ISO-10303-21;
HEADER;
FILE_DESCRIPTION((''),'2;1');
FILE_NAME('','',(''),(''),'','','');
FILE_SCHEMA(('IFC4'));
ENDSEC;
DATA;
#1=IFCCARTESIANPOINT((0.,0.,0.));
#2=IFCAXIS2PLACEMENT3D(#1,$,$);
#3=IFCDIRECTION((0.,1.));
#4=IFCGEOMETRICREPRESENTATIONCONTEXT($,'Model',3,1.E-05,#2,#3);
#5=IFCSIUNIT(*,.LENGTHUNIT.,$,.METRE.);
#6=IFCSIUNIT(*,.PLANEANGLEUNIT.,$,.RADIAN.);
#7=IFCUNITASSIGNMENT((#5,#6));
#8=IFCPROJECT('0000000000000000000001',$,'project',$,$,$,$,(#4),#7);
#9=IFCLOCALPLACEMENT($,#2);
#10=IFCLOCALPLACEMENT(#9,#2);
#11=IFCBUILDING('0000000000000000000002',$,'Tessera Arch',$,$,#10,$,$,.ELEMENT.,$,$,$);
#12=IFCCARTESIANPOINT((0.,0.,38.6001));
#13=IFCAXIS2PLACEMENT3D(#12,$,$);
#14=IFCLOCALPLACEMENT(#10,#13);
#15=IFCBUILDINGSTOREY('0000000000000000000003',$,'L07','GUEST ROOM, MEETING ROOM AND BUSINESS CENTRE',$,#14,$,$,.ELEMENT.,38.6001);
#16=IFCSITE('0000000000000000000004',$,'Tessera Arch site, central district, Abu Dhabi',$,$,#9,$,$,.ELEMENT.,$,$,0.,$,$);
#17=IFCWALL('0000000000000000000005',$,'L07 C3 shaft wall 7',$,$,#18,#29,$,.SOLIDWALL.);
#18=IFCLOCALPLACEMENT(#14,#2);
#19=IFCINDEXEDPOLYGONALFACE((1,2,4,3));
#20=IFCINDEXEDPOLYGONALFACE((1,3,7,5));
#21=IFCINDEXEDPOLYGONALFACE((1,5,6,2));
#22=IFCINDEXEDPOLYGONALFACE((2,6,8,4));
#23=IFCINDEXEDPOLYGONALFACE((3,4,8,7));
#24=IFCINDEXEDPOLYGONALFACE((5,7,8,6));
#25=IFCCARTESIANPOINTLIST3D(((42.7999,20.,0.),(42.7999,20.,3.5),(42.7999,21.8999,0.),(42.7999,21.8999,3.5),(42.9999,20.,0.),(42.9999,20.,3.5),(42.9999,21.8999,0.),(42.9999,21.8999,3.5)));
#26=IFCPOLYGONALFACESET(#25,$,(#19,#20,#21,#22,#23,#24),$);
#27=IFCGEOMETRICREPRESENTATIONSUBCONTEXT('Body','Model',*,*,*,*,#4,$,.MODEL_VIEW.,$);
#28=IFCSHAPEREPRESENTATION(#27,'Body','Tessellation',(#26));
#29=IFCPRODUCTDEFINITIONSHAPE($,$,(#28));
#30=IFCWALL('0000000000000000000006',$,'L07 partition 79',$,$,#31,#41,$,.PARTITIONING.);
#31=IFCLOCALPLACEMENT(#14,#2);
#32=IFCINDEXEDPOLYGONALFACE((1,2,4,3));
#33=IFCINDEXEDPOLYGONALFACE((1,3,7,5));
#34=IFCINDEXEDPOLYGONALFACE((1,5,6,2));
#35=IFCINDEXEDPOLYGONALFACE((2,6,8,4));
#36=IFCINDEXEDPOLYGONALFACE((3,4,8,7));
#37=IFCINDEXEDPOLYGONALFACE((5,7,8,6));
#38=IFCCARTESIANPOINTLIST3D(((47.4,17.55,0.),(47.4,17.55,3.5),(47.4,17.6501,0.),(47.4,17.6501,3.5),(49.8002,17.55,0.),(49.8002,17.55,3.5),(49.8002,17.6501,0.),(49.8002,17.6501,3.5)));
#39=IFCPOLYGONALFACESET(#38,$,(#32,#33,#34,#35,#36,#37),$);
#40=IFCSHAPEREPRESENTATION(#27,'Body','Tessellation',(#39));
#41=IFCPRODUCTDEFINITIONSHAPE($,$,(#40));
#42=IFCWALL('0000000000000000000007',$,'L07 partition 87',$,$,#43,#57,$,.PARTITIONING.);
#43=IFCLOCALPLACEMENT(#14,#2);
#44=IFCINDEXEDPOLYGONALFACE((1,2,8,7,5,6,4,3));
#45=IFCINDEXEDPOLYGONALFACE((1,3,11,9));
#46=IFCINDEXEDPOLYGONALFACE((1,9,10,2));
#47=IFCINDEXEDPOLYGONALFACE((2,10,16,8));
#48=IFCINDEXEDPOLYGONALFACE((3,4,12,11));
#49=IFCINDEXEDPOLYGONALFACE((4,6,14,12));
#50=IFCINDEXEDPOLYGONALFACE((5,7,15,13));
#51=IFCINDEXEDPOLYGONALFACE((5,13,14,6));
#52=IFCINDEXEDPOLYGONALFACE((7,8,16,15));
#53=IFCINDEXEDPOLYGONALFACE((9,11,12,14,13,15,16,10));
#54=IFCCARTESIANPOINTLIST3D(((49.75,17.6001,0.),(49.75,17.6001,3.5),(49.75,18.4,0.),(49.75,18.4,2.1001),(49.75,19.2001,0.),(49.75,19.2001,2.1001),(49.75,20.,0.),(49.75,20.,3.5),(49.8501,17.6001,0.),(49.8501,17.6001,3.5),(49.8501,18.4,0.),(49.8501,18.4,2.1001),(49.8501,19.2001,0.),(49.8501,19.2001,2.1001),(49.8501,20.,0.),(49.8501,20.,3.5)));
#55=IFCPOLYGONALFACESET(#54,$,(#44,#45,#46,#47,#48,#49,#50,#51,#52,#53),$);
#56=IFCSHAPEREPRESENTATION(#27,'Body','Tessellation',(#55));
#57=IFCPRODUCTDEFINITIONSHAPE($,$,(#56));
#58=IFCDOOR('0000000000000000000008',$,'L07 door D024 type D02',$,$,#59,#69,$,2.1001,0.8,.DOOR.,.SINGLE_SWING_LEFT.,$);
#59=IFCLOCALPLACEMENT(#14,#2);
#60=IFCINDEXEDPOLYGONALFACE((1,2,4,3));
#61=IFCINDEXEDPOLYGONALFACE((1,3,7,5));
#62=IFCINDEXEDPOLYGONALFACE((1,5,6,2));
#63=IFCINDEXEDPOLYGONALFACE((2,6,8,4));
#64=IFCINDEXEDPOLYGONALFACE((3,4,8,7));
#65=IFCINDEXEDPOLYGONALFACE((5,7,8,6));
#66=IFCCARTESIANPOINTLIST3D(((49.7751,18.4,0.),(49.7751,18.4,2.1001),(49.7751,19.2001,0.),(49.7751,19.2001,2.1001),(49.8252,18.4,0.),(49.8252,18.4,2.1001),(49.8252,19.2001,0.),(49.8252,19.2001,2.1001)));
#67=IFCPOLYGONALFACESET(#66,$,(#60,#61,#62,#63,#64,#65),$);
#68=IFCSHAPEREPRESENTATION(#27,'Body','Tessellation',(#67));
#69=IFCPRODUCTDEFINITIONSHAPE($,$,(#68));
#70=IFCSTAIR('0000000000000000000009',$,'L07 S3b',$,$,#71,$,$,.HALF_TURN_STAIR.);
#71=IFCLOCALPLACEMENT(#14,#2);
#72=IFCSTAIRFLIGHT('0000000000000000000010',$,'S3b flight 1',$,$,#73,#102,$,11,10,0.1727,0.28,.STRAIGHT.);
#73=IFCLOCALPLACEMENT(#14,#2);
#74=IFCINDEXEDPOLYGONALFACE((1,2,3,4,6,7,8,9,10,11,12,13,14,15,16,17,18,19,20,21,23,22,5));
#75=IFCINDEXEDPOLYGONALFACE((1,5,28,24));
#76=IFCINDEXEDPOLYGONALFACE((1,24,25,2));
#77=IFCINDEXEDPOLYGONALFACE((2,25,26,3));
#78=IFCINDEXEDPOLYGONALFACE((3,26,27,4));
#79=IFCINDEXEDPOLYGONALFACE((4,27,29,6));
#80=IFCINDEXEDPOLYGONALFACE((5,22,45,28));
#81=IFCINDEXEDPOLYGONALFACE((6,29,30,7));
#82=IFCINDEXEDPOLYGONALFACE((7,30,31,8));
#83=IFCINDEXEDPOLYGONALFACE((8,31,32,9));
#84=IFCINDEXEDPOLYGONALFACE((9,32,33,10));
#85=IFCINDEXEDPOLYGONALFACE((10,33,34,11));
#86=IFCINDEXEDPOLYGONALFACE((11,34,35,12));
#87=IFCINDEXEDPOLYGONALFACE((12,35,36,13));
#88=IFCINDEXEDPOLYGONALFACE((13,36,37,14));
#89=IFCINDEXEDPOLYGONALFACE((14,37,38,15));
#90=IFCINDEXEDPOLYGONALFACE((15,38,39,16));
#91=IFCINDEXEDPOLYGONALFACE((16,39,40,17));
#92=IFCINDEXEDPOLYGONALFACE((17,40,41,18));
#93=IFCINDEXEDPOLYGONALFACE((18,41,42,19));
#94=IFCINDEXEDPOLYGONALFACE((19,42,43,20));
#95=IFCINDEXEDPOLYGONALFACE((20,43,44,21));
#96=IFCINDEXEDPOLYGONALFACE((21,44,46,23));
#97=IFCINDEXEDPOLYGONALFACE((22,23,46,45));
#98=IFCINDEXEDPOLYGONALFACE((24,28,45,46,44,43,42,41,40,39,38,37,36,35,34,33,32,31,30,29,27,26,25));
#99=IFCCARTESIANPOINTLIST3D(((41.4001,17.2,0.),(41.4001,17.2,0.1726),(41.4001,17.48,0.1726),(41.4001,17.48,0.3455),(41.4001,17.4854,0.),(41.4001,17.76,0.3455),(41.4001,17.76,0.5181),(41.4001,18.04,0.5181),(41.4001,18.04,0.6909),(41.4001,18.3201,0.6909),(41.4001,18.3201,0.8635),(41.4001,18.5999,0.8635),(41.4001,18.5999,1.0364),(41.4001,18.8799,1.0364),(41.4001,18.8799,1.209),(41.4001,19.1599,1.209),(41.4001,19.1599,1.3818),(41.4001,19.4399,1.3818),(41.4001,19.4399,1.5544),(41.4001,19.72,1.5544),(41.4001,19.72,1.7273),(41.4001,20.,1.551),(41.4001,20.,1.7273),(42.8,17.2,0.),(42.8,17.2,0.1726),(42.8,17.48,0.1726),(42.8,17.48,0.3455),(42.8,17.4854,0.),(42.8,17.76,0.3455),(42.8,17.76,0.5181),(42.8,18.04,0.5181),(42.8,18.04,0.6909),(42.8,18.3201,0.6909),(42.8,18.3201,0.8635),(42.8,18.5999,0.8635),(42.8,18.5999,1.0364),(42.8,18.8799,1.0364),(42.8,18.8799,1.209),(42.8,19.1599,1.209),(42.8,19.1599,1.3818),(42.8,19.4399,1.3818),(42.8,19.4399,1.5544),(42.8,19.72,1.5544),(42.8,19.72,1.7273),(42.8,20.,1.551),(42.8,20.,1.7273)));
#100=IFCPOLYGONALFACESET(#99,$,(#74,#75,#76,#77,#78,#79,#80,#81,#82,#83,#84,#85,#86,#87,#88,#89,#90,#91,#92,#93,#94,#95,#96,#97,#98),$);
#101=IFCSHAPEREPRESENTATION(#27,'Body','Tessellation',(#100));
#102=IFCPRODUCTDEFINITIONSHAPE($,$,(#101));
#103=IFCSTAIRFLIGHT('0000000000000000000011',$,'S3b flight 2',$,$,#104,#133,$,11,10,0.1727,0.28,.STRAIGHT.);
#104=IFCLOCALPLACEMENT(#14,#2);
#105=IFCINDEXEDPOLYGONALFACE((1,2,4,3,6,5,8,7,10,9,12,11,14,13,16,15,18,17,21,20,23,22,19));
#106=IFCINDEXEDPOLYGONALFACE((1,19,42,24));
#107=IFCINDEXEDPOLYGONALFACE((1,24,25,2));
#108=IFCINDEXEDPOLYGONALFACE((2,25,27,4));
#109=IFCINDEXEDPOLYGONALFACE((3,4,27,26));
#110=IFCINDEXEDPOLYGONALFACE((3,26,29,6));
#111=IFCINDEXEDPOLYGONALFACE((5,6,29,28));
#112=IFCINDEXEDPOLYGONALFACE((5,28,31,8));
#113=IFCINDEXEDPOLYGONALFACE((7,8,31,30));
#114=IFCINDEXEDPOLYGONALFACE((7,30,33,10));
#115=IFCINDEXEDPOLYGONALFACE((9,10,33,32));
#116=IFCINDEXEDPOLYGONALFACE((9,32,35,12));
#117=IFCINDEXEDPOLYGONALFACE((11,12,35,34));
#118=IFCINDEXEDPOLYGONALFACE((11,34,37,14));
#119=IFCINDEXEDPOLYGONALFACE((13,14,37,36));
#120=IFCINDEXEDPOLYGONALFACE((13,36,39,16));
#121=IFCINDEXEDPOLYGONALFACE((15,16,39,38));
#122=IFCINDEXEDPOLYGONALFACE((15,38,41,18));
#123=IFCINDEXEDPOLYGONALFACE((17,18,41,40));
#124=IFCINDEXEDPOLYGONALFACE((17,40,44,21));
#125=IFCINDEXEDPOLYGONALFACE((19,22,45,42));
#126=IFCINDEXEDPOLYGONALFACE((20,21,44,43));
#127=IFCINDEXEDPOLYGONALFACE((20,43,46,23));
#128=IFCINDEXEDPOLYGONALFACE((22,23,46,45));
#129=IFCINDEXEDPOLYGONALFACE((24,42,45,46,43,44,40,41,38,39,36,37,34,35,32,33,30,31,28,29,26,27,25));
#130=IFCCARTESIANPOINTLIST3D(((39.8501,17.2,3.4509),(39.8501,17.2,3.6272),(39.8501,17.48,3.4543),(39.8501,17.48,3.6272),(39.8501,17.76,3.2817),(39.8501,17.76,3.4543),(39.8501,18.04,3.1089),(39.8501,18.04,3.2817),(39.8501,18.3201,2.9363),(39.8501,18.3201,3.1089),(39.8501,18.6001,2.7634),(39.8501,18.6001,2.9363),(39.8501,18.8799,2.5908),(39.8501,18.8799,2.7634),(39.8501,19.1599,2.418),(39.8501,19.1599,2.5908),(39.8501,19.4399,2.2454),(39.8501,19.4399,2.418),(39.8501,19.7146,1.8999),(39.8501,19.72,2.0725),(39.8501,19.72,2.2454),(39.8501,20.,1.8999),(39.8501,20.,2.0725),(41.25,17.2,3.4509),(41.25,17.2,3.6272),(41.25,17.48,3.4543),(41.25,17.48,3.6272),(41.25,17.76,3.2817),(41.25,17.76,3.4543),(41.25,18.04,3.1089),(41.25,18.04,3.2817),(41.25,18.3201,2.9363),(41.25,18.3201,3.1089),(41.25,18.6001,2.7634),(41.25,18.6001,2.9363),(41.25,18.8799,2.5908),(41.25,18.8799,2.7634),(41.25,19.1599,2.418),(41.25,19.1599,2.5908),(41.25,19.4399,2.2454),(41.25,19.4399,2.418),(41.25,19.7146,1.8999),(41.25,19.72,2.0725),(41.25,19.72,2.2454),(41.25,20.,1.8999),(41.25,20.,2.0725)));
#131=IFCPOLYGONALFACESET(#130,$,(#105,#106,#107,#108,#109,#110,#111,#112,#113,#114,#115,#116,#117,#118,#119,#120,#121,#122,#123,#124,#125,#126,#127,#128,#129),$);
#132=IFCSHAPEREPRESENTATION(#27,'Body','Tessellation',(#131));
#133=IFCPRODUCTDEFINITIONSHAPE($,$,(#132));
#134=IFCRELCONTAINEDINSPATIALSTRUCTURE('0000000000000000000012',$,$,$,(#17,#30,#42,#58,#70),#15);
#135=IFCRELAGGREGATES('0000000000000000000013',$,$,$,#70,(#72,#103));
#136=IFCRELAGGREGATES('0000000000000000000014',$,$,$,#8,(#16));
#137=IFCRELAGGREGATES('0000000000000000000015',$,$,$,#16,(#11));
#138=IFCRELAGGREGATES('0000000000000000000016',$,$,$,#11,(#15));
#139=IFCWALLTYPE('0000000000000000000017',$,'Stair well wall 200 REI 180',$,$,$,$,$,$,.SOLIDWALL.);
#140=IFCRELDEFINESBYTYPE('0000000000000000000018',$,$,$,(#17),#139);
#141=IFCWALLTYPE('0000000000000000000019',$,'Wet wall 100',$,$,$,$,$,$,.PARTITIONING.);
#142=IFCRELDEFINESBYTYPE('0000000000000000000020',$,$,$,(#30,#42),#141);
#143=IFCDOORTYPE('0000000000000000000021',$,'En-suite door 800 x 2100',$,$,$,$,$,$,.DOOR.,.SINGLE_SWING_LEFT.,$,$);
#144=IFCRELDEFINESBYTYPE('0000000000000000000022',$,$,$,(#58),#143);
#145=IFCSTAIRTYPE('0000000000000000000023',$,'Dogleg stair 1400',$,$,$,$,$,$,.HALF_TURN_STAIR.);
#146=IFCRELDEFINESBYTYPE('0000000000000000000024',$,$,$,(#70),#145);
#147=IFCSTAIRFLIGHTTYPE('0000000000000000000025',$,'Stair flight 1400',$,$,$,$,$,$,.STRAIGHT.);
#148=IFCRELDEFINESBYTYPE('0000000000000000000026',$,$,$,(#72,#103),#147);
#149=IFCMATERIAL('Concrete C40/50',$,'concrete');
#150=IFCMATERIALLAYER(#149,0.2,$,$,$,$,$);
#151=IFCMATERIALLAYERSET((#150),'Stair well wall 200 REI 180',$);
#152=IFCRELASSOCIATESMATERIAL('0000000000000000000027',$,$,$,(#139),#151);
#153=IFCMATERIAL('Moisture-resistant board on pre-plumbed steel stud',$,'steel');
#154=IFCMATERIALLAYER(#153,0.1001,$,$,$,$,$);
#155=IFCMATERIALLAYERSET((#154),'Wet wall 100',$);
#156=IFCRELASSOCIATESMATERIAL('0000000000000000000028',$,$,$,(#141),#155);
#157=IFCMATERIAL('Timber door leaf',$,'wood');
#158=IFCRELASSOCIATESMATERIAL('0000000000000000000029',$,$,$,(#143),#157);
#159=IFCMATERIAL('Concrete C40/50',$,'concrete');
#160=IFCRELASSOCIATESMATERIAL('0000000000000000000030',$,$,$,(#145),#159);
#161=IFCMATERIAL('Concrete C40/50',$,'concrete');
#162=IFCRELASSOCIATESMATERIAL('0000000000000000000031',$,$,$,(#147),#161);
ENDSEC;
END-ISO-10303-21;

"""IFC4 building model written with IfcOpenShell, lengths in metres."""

from ifc_helpers import new_model, si_unit, direction, frame, frame_2d, origin, place, context, subcontext, project, spatial, polyline, rectangle, outline, extrude, material, layer, layer_set, type_object, element, fill, aggregate, save


model = new_model("IFC4")

# Units and contexts
model_context = context("Model", 3, precision=1e-05, world=origin(), true_north=direction((0.0, 1.0)))
body_context = subcontext(model_context, "Body", "Model", "MODEL_VIEW")
ifc_project = project(units=[si_unit("LENGTHUNIT", "METRE"), si_unit("PLANEANGLEUNIT", "RADIAN")], contexts=[model_context])

# Site, building, storey
site_placement = place(None, origin())
site = spatial("IfcSite", under=ifc_project, at=site_placement, Name="Tessera Arch site, central district, Abu Dhabi", CompositionType="ELEMENT", RefElevation=0.0)
building_placement = place(site_placement, origin())
building = spatial("IfcBuilding", under=site, at=building_placement, Name="Tessera Arch", CompositionType="ELEMENT")
storey_placement = place(building_placement, frame((0.0, 0.0, 38.6001)))
storey = spatial("IfcBuildingStorey", under=building, at=storey_placement, Name="L07", Description="GUEST ROOM, MEETING ROOM AND BUSINESS CENTRE", CompositionType="ELEMENT", Elevation=38.6001)

# Walls
ifc_material_1 = material(Name="Concrete C40/50", Category="concrete")
ifc_layer_1 = layer(ifc_material_1, 0.2)
ifc_layer_set_1 = layer_set([ifc_layer_1], Name="Stair well wall 200 REI 180")
wall_type_1 = type_object("IfcWallType", Name="Stair well wall 200 REI 180", PredefinedType="SOLIDWALL", material=ifc_layer_set_1)
wall_1_placement = place(storey_placement, frame((42.8999, 20.0, 0.0), z_axis=(0.0, 0.0, 1.0), x_axis=(0.0, 1.0, 0.0)))
element("IfcWall", 1, at=wall_1_placement, inside=storey, type_object=wall_type_1, Name="L07 C3 shaft wall 7", PredefinedType="SOLIDWALL", context=body_context, shape_type="SweptSolid", body=[
    extrude(rectangle(XDim=1.8999, YDim=0.2, at=frame_2d((0.95, 0.0))), origin(), (0.0, 0.0, 1.0), 3.5),
])
ifc_material_2 = material(Name="Moisture-resistant board on pre-plumbed steel stud", Category="steel")
ifc_layer_2 = layer(ifc_material_2, 0.1001)
ifc_layer_set_2 = layer_set([ifc_layer_2], Name="Wet wall 100")
wall_type_2 = type_object("IfcWallType", Name="Wet wall 100", PredefinedType="PARTITIONING", material=ifc_layer_set_2)
wall_2_placement = place(storey_placement, frame((47.3999, 17.6001, 0.0), z_axis=(0.0, 0.0, 1.0), x_axis=(1.0, 0.0, 0.0)))
element("IfcWall", 2, at=wall_2_placement, inside=storey, type_object=wall_type_2, Name="L07 partition 79", PredefinedType="PARTITIONING", context=body_context, shape_type="SweptSolid", body=[
    extrude(rectangle(XDim=2.4001, YDim=0.1001, at=frame_2d((1.2002, 0.0))), origin(), (0.0, 0.0, 1.0), 3.5),
])

# Wall, opening, door
wall_3_placement = place(storey_placement, frame((49.8, 17.6001, 0.0), z_axis=(0.0, 0.0, 1.0), x_axis=(0.0, 1.0, 0.0)))
wall_3 = element("IfcWall", 3, at=wall_3_placement, inside=storey, type_object=wall_type_2, Name="L07 partition 87", PredefinedType="PARTITIONING", context=body_context, shape_type="SweptSolid", body=[
    extrude(rectangle(XDim=2.3999, YDim=0.1001, at=frame_2d((1.2, 0.0))), origin(), (0.0, 0.0, 1.0), 3.5),
])
opening_1_placement = place(wall_3_placement, frame((0.8, 0.0, 0.0)))
opening_1 = element("IfcOpeningElement", 4, at=opening_1_placement, cuts=wall_3, PredefinedType="OPENING", context=body_context, shape_type="SweptSolid", body=[
    extrude(rectangle(XDim=0.8, YDim=2.1001, at=frame_2d((0.3999, 1.05))), frame((0.0, 0.0601, 0.0), z_axis=(0.0, -1.0, 0.0), x_axis=(1.0, 0.0, 0.0)), (0.0, 0.0, 1.0), 0.1201),
])
ifc_material_3 = material(Name="Timber door leaf", Category="wood")
door_type_1 = type_object("IfcDoorType", Name="En-suite door 800 x 2100", OperationType="SINGLE_SWING_LEFT", PredefinedType="DOOR", material=ifc_material_3)
door_1_placement = place(opening_1_placement, origin())
door_1 = element("IfcDoor", 5, at=door_1_placement, inside=storey, type_object=door_type_1, Name="L07 door D024 type D02", OperationType="SINGLE_SWING_LEFT", OverallHeight=2.1001, OverallWidth=0.8, PredefinedType="DOOR", context=body_context, shape_type="SweptSolid", body=[
    extrude(rectangle(XDim=0.8, YDim=2.1001, at=frame_2d((0.3999, 1.05))), frame((0.0, 0.0249, 0.0), z_axis=(0.0, -1.0, 0.0), x_axis=(1.0, 0.0, 0.0)), (0.0, 0.0, 1.0), 0.05),
])
fill(opening_1, door_1)

# Stair, stair flights
ifc_material_4 = material(Name="Concrete C40/50", Category="concrete")
stair_type = type_object("IfcStairType", Name="Dogleg stair 1400", PredefinedType="HALF_TURN_STAIR", material=ifc_material_4)
stair_placement = place(storey_placement, origin())
stair = element("IfcStair", 6, at=stair_placement, inside=storey, type_object=stair_type, Name="L07 S3b", PredefinedType="HALF_TURN_STAIR")
ifc_material_5 = material(Name="Concrete C40/50", Category="concrete")
stair_flight_type = type_object("IfcStairFlightType", Name="Stair flight 1400", PredefinedType="STRAIGHT", material=ifc_material_5)
stair_flight_1_placement = place(storey_placement, frame((42.1001, 17.2, 0.0), z_axis=(0.0, 0.0, 1.0), x_axis=(0.0, 1.0, 0.0)))
stair_flight_1 = element("IfcStairFlight", 7, at=stair_flight_1_placement, type_object=stair_flight_type, Name="S3b flight 1", NumberOfRisers=11, NumberOfTreads=10, PredefinedType="STRAIGHT", RiserHeight=0.1727, TreadLength=0.28, context=body_context, shape_type="SweptSolid", body=[
    extrude(outline(polyline([(0.0, 0.0), (0.0, 0.1726), (0.28, 0.1726), (0.28, 0.3455), (0.5601, 0.3455), (0.5601, 0.5181), (0.8401, 0.5181), (0.8401, 0.6909), (1.1201, 0.6909), (1.1201, 0.8635), (1.3999, 0.8635), (1.3999, 1.0364), (1.6799, 1.0364), (1.6799, 1.209), (1.96, 1.209), (1.96, 1.3818), (2.24, 1.3818), (2.24, 1.5544), (2.52, 1.5544), (2.52, 1.7273), (2.8, 1.7273), (2.8, 1.8999), (2.8, 1.551), (0.2854, 0.0), (0.0, 0.0)])), frame((0.0, 0.7, 0.0), z_axis=(0.0, -1.0, 0.0), x_axis=(1.0, 0.0, 0.0)), (0.0, 0.0, 1.0), 1.3999),
])
stair_flight_2_placement = place(storey_placement, frame((40.55, 20.0, 1.8999), z_axis=(0.0, 0.0, 1.0), x_axis=(0.0, -1.0, 0.0)))
stair_flight_2 = element("IfcStairFlight", 8, at=stair_flight_2_placement, type_object=stair_flight_type, Name="S3b flight 2", NumberOfRisers=11, NumberOfTreads=10, PredefinedType="STRAIGHT", RiserHeight=0.1727, TreadLength=0.28, context=body_context, shape_type="SweptSolid", body=[
    extrude(outline(polyline([(0.0, 0.0), (0.0, 0.1726), (0.28, 0.1726), (0.28, 0.3455), (0.5601, 0.3455), (0.5601, 0.5181), (0.8401, 0.5181), (0.8401, 0.6909), (1.1201, 0.6909), (1.1201, 0.8635), (1.3999, 0.8635), (1.3999, 1.0364), (1.6799, 1.0364), (1.6799, 1.209), (1.96, 1.209), (1.96, 1.3818), (2.24, 1.3818), (2.24, 1.5544), (2.52, 1.5544), (2.52, 1.7273), (2.8, 1.7273), (2.8, 1.8999), (2.8, 1.551), (0.2854, 0.0), (0.0, 0.0)])), frame((0.0, 0.7, 0.0), z_axis=(0.0, -1.0, 0.0), x_axis=(1.0, 0.0, 0.0)), (0.0, 0.0, 1.0), 1.3999),
])
aggregate(stair, [stair_flight_1, stair_flight_2])

save(model, "model.ifc")
